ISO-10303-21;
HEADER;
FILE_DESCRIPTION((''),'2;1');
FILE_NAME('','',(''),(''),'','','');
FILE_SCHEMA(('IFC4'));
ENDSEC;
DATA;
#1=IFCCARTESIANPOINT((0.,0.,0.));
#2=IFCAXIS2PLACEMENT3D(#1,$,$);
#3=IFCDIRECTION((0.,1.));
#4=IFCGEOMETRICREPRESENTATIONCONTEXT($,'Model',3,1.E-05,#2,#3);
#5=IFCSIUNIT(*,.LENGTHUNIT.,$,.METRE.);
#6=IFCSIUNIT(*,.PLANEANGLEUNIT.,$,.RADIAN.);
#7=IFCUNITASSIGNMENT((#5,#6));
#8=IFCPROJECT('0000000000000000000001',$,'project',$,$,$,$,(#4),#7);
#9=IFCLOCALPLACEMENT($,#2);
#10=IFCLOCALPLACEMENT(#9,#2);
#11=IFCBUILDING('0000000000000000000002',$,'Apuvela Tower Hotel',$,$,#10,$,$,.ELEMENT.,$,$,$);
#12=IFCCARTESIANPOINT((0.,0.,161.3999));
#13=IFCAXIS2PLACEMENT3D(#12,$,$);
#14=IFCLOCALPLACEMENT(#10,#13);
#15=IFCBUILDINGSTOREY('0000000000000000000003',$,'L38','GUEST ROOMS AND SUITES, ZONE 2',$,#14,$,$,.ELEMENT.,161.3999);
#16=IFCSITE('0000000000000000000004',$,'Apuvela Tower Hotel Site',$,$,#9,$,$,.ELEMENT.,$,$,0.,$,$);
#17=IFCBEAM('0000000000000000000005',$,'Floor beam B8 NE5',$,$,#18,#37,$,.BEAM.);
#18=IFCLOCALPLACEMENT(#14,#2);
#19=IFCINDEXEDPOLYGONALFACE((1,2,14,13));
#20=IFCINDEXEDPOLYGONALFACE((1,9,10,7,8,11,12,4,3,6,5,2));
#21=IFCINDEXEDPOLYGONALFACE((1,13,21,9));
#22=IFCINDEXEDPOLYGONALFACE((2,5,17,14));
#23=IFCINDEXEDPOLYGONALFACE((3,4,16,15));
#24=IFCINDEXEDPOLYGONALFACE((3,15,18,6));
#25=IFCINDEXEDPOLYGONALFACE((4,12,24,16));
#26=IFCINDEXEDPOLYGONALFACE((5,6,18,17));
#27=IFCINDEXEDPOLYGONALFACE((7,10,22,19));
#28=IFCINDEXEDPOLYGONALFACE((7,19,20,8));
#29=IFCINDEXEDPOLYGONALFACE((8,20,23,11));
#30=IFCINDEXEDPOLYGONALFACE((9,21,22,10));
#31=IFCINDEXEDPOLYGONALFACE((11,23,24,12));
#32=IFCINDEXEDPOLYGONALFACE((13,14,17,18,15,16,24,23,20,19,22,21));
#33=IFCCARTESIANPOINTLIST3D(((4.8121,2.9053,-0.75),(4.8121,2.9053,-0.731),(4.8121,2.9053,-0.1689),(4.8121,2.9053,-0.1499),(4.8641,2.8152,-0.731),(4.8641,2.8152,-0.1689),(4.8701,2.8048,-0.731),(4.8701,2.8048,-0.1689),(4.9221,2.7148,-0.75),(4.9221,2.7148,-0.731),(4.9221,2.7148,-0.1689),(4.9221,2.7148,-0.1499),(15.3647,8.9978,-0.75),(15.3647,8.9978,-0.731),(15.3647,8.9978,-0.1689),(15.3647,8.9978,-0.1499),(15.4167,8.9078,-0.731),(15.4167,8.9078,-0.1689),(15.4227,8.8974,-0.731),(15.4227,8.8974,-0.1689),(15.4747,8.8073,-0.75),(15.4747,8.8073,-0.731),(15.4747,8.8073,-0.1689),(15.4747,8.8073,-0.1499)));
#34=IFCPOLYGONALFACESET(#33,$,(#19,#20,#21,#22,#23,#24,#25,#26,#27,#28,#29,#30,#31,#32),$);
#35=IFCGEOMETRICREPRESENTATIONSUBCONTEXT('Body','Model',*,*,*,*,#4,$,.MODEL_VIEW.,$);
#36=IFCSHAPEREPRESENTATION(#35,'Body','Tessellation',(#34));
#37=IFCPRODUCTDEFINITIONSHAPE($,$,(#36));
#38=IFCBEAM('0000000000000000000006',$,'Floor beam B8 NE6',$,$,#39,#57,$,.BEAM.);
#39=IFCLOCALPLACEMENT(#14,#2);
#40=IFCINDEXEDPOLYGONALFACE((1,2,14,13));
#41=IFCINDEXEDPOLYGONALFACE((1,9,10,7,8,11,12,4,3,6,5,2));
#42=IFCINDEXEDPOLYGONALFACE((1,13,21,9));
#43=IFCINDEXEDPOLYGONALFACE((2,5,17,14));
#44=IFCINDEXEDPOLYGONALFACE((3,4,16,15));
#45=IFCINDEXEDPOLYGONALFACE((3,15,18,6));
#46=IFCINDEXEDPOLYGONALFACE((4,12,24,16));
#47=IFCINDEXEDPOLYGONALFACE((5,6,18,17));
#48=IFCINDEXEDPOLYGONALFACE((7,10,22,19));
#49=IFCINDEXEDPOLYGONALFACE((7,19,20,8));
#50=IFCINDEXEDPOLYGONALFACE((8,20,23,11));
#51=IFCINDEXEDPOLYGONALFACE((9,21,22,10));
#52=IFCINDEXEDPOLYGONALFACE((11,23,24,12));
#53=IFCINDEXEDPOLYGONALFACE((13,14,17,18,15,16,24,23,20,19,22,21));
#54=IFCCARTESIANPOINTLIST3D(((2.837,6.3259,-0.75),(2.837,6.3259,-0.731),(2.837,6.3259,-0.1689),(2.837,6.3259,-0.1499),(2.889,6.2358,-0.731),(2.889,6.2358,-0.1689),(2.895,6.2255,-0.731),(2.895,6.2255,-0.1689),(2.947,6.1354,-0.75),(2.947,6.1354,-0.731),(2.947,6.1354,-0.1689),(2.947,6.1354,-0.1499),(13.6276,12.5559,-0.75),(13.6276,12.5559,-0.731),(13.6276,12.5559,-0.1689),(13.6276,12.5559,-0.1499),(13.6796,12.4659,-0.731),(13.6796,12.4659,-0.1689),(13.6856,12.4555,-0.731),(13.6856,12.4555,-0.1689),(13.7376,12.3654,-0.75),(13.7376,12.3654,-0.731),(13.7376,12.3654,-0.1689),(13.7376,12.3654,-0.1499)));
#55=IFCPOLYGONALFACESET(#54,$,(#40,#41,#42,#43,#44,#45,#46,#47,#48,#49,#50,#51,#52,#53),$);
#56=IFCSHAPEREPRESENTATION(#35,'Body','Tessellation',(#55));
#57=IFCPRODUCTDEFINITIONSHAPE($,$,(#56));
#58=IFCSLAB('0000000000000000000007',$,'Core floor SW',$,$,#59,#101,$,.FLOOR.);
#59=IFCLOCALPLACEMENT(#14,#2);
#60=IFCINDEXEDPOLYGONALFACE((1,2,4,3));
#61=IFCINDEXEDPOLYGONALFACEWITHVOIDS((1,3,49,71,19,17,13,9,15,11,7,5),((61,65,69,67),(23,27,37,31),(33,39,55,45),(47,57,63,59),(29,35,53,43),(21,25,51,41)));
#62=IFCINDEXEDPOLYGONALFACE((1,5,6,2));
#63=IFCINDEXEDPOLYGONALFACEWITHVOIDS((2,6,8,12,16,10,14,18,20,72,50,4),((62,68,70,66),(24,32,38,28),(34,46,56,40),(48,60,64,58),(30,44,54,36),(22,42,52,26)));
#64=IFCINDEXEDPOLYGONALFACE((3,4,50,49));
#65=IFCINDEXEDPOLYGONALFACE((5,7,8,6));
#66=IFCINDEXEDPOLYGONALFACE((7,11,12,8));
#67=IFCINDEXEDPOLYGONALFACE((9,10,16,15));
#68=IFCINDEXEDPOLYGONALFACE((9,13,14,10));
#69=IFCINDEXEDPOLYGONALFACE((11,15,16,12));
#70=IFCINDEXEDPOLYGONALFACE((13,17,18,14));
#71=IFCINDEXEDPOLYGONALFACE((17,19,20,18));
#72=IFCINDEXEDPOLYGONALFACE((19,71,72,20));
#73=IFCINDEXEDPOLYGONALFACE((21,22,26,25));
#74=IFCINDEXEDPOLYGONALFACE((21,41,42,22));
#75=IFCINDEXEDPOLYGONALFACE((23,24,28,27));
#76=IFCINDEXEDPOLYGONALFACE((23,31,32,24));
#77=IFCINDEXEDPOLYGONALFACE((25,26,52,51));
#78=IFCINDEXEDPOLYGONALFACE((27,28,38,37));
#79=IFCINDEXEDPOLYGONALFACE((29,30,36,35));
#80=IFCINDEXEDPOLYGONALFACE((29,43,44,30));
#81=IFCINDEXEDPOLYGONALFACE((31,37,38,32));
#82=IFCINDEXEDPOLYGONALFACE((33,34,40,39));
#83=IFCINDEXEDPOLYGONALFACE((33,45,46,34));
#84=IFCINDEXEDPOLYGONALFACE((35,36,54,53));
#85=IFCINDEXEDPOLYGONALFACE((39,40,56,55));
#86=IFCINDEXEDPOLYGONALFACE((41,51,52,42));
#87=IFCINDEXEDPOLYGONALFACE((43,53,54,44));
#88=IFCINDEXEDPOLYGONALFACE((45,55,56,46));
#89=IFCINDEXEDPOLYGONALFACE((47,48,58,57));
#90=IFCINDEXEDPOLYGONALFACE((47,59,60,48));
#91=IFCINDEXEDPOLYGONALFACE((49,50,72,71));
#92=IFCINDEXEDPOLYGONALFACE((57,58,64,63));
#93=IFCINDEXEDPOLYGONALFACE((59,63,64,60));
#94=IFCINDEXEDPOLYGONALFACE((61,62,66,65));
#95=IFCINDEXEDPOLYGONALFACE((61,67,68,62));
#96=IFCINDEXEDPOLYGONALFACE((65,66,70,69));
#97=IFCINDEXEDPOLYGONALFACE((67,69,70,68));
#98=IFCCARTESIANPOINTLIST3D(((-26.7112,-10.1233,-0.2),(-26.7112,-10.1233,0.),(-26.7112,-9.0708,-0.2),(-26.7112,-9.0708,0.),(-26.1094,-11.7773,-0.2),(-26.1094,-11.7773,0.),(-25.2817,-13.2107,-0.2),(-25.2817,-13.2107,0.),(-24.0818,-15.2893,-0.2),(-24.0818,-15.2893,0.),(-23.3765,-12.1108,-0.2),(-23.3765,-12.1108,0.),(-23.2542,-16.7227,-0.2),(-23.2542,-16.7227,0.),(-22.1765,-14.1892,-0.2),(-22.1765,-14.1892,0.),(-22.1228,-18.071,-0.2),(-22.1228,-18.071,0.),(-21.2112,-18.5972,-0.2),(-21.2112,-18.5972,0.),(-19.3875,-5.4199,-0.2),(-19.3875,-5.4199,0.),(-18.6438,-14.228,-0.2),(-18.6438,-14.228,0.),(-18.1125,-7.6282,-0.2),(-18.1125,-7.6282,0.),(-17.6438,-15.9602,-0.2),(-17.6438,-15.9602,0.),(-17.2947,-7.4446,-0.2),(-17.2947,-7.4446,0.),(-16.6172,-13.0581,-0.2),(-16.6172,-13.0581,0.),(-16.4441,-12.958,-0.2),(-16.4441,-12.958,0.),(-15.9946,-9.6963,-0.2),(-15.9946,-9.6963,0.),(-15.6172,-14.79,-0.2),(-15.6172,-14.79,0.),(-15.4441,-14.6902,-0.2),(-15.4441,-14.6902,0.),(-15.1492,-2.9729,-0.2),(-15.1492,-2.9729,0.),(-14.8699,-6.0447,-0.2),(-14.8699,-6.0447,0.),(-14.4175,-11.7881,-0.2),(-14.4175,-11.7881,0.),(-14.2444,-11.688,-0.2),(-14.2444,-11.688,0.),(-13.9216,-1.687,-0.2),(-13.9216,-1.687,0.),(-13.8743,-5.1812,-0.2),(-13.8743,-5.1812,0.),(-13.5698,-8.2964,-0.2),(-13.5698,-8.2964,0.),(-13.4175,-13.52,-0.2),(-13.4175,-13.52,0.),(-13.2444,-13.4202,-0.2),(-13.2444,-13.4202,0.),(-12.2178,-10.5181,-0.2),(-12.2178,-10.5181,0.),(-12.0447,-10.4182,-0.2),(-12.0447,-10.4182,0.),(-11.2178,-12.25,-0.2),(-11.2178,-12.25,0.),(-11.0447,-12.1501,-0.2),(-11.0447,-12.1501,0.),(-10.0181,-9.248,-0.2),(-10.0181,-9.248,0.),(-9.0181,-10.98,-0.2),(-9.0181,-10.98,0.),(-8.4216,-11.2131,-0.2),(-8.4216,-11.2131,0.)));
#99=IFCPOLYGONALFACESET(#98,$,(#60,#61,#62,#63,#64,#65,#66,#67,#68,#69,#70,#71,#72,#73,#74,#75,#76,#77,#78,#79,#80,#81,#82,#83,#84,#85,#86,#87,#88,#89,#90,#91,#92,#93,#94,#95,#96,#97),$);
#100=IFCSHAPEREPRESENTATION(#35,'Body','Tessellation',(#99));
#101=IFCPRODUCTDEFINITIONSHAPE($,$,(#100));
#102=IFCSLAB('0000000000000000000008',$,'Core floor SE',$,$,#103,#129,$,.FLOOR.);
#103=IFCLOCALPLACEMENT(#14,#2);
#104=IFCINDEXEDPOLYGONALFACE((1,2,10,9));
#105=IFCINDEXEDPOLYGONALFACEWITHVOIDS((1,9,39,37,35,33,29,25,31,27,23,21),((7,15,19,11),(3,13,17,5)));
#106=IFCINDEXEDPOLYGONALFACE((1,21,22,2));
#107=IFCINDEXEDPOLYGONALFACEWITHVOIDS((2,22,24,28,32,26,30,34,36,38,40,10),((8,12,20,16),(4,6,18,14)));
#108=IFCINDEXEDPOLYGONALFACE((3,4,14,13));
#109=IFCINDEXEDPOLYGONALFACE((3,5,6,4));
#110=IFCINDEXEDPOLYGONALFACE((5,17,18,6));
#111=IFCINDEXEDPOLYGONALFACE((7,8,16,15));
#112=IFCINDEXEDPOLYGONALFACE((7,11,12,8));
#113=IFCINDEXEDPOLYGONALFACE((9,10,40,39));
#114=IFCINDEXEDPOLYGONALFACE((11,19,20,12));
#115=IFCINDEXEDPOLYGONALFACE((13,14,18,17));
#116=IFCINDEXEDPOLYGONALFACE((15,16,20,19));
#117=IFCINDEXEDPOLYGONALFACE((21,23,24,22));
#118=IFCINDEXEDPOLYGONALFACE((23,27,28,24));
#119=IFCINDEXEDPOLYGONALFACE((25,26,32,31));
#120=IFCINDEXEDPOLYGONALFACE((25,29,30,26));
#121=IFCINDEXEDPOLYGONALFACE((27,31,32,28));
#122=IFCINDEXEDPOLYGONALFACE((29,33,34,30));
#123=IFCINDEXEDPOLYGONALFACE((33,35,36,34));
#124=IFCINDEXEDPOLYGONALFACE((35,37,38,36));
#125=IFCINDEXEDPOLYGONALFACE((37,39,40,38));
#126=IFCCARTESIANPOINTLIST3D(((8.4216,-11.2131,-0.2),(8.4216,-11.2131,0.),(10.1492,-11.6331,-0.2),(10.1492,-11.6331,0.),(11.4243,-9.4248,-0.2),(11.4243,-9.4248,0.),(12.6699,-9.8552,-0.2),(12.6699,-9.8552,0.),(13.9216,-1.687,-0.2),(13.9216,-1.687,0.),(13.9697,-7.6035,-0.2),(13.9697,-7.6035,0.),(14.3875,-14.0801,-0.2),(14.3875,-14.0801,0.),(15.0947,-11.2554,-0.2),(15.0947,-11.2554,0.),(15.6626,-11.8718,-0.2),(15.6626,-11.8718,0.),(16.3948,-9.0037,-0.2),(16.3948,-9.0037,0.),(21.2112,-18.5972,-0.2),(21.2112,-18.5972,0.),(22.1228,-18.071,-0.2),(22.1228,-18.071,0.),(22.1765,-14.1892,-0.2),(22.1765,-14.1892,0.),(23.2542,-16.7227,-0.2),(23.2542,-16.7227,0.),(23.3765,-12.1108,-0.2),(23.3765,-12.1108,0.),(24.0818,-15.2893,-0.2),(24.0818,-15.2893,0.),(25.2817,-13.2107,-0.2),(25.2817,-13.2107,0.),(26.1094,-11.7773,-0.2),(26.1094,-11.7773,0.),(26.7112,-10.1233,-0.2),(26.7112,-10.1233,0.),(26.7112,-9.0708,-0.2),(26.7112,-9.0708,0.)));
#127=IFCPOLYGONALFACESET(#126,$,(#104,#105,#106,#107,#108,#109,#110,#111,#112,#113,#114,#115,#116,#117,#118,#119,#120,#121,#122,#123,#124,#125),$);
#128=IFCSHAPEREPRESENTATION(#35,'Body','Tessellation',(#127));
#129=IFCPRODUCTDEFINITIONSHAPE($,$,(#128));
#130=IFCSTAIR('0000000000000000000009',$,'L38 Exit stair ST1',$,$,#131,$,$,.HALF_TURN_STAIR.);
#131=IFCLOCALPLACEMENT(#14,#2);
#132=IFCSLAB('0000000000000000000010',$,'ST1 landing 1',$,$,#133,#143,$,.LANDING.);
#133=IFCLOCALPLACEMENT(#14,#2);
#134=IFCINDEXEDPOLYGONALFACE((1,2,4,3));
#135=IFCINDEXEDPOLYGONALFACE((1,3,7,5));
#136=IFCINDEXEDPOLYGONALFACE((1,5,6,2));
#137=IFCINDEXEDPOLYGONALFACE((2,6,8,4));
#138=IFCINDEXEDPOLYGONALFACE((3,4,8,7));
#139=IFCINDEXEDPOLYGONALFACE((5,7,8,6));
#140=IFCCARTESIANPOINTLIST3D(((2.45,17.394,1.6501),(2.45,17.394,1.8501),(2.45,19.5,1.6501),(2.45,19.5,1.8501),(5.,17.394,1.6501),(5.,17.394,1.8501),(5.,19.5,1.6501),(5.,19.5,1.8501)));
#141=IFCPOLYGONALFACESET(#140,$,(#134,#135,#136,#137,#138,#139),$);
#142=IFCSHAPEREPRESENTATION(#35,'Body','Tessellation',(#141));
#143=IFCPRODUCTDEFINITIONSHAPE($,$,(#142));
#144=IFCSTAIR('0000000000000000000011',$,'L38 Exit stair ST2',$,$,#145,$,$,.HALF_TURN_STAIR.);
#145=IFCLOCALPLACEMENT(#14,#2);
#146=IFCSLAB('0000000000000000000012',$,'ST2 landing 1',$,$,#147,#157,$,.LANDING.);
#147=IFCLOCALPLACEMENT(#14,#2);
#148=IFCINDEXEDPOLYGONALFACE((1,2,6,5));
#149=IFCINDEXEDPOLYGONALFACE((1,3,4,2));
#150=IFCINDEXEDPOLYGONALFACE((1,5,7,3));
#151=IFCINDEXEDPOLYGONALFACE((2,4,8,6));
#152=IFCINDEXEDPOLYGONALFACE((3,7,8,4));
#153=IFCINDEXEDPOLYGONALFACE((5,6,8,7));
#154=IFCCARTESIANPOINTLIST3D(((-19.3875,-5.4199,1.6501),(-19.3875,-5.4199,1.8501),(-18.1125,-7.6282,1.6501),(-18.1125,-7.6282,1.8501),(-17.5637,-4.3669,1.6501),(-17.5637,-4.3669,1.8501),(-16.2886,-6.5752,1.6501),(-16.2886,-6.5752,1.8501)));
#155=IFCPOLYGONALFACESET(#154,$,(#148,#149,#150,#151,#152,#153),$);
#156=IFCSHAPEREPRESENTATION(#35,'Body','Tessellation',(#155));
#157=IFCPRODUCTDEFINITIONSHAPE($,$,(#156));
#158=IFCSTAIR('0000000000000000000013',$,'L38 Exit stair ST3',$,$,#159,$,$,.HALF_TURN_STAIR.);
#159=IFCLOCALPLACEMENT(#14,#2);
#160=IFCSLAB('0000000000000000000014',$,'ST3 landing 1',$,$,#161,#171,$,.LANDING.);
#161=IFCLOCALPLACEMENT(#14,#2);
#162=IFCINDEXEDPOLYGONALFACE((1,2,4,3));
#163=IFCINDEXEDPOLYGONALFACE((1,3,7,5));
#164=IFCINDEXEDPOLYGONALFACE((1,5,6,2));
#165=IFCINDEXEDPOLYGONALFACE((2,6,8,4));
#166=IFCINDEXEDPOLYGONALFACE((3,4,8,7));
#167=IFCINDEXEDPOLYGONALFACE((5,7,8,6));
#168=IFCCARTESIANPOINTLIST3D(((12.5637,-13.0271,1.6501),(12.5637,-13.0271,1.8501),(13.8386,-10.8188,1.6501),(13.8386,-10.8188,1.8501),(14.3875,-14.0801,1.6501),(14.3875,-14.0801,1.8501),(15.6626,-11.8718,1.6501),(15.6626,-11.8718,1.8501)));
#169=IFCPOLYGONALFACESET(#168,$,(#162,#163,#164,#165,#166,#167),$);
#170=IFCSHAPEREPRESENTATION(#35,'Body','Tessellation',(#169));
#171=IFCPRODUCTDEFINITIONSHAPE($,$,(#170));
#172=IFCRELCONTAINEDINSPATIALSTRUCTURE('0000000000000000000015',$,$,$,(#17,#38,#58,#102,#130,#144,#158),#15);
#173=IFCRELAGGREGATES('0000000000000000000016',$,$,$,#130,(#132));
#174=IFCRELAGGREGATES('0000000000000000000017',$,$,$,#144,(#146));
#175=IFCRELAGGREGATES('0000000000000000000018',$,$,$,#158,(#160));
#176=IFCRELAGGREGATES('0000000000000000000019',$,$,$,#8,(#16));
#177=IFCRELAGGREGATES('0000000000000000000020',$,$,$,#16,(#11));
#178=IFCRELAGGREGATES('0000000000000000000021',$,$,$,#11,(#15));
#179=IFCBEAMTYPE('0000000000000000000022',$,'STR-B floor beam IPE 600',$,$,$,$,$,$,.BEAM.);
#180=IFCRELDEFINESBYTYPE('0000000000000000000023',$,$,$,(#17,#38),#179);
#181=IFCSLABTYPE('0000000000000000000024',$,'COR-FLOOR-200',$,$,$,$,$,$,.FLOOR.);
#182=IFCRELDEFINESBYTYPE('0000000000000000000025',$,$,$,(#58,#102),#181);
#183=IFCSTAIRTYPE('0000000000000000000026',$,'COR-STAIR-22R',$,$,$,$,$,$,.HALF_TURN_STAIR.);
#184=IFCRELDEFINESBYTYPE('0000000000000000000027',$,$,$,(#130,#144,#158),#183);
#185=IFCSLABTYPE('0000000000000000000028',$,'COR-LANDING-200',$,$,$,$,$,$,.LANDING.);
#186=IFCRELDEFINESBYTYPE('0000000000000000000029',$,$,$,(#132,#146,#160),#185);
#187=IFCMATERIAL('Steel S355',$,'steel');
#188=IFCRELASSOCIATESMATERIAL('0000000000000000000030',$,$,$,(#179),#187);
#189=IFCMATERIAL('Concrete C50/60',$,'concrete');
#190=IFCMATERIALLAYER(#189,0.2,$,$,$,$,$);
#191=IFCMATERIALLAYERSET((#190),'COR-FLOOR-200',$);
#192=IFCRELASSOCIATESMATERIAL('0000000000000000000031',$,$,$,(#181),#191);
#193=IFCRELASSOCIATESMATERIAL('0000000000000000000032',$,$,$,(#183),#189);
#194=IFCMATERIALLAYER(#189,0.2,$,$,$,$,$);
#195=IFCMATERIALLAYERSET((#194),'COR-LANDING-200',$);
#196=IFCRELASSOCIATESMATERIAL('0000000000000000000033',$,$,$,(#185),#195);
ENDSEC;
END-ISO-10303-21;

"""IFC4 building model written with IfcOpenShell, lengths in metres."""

from ifc_helpers import new_model, si_unit, direction, frame, origin, origin_2d, place, context, subcontext, project, spatial, polyline, i_section, outline, extrude, material, layer, layer_set, material_profile, profile_set, type_object, element, aggregate, save


model = new_model("IFC4")

# Units and contexts
model_context = context("Model", 3, precision=1e-05, world=origin(), true_north=direction((0.0, 1.0)))
body_context = subcontext(model_context, "Body", "Model", "MODEL_VIEW")
ifc_project = project(units=[si_unit("LENGTHUNIT", "METRE"), si_unit("PLANEANGLEUNIT", "RADIAN")], contexts=[model_context])

# Site, building, storey
site_placement = place(None, origin())
site = spatial("IfcSite", under=ifc_project, at=site_placement, Name="Apuvela Tower Hotel Site", CompositionType="ELEMENT", RefElevation=0.0)
building_placement = place(site_placement, origin())
building = spatial("IfcBuilding", under=site, at=building_placement, Name="Apuvela Tower Hotel", CompositionType="ELEMENT")
storey_placement = place(building_placement, frame((0.0, 0.0, 161.3999)))
storey = spatial("IfcBuildingStorey", under=building, at=storey_placement, Name="L38", Description="GUEST ROOMS AND SUITES, ZONE 2", CompositionType="ELEMENT", Elevation=161.3999)

# Beams
ifc_material_1 = material(Name="Steel S355", Category="steel")
ifc_material_profile = material_profile(ifc_material_1, i_section(OverallWidth=0.22, OverallDepth=0.6001, WebThickness=0.012, FlangeThickness=0.019, at=origin_2d()), Name="IPE 600")
ifc_profile_set = profile_set([ifc_material_profile], Name="Steel S355")
beam_type = type_object("IfcBeamType", Name="STR-B floor beam IPE 600", PredefinedType="BEAM", material=ifc_profile_set)
beam_1_placement = place(storey_placement, frame((15.4197, 8.9026, -0.45), z_axis=(-0.866024, -0.500003, 0.0), x_axis=(0.500003, -0.866024, 0.0)))
element("IfcBeam", 1, at=beam_1_placement, inside=storey, type_object=beam_type, Name="Floor beam B8 NE5", PredefinedType="BEAM", context=body_context, shape_type="SweptSolid", body=[
    extrude(i_section(OverallWidth=0.22, OverallDepth=0.6001, WebThickness=0.012, FlangeThickness=0.019, at=origin_2d()), origin(), (0.0, 0.0, 1.0), 12.1851),
])
beam_2_placement = place(storey_placement, frame((13.6826, 12.4607, -0.45), z_axis=(-0.866023, -0.500004, 0.0), x_axis=(0.500004, -0.866023, 0.0)))
element("IfcBeam", 2, at=beam_2_placement, inside=storey, type_object=beam_type, Name="Floor beam B8 NE6", PredefinedType="BEAM", context=body_context, shape_type="SweptSolid", body=[
    extrude(i_section(OverallWidth=0.22, OverallDepth=0.6001, WebThickness=0.012, FlangeThickness=0.019, at=origin_2d()), origin(), (0.0, 0.0, 1.0), 12.46),
])

# Slabs
ifc_material_2 = material(Name="Concrete C50/60", Category="concrete")
ifc_layer_1 = layer(ifc_material_2, 0.2)
ifc_layer_set_1 = layer_set([ifc_layer_1], Name="COR-FLOOR-200")
slab_type_1 = type_object("IfcSlabType", Name="COR-FLOOR-200", PredefinedType="FLOOR", material=ifc_layer_set_1)
slab_1_placement = place(storey_placement, frame((0.0, 0.0, -0.2)))
element("IfcSlab", 3, at=slab_1_placement, inside=storey, type_object=slab_type_1, Name="Core floor SW", PredefinedType="FLOOR", context=body_context, shape_type="SweptSolid", body=[
    extrude(outline(polyline([(-26.7112, -9.0708), (-26.7112, -10.1233), (-26.1094, -11.7773), (-25.2817, -13.2107), (-23.3765, -12.1108), (-22.1765, -14.1892), (-24.0818, -15.2893), (-23.2542, -16.7227), (-22.1228, -18.071), (-21.2112, -18.5972), (-8.4216, -11.2131), (-13.9216, -1.687), (-26.7112, -9.0708)]), holes=[polyline([(-10.0181, -9.248), (-9.0181, -10.98), (-11.0447, -12.1501), (-12.0447, -10.4182), (-10.0181, -9.248)]), polyline([(-14.2444, -11.688), (-12.2178, -10.5181), (-11.2178, -12.25), (-13.2444, -13.4202), (-14.2444, -11.688)]), polyline([(-19.3875, -5.4199), (-15.1492, -2.9729), (-13.8743, -5.1812), (-18.1125, -7.6282), (-19.3875, -5.4199)]), polyline([(-14.8699, -6.0447), (-13.5698, -8.2964), (-15.9946, -9.6963), (-17.2947, -7.4446), (-14.8699, -6.0447)]), polyline([(-16.4441, -12.958), (-14.4175, -11.7881), (-13.4175, -13.52), (-15.4441, -14.6902), (-16.4441, -12.958)]), polyline([(-18.6438, -14.228), (-16.6172, -13.0581), (-15.6172, -14.79), (-17.6438, -15.9602), (-18.6438, -14.228)])]), origin(), (0.0, 0.0, 1.0), 0.2),
])
slab_2_placement = place(storey_placement, frame((0.0, 0.0, -0.2)))
element("IfcSlab", 4, at=slab_2_placement, inside=storey, type_object=slab_type_1, Name="Core floor SE", PredefinedType="FLOOR", context=body_context, shape_type="SweptSolid", body=[
    extrude(outline(polyline([(21.2112, -18.5972), (22.1228, -18.071), (23.2542, -16.7227), (24.0818, -15.2893), (22.1765, -14.1892), (23.3765, -12.1108), (25.2817, -13.2107), (26.1094, -11.7773), (26.7112, -10.1233), (26.7112, -9.0708), (13.9216, -1.687), (8.4216, -11.2131), (21.2112, -18.5972)]), holes=[polyline([(11.4243, -9.4248), (15.6626, -11.8718), (14.3875, -14.0801), (10.1492, -11.6331), (11.4243, -9.4248)]), polyline([(13.9697, -7.6035), (16.3948, -9.0037), (15.0947, -11.2554), (12.6699, -9.8552), (13.9697, -7.6035)])]), origin(), (0.0, 0.0, 1.0), 0.2),
])

# Stairs, slabs
stair_type = type_object("IfcStairType", Name="COR-STAIR-22R", PredefinedType="HALF_TURN_STAIR", material=ifc_material_2)
stair_1_placement = place(storey_placement, origin())
stair_1 = element("IfcStair", 5, at=stair_1_placement, inside=storey, type_object=stair_type, Name="L38 Exit stair ST1", PredefinedType="HALF_TURN_STAIR")
ifc_layer_2 = layer(ifc_material_2, 0.2)
ifc_layer_set_2 = layer_set([ifc_layer_2], Name="COR-LANDING-200")
slab_type_2 = type_object("IfcSlabType", Name="COR-LANDING-200", PredefinedType="LANDING", material=ifc_layer_set_2)
slab_3_placement = place(storey_placement, frame((0.0, 0.0, 1.6501)))
slab_3 = element("IfcSlab", 6, at=slab_3_placement, type_object=slab_type_2, Name="ST1 landing 1", PredefinedType="LANDING", context=body_context, shape_type="SweptSolid", body=[
    extrude(outline(polyline([(5.0, 17.394), (5.0, 19.5), (2.45, 19.5), (2.45, 17.394), (5.0, 17.394)])), origin(), (0.0, 0.0, 1.0), 0.2),
])
aggregate(stair_1, [slab_3])
stair_2_placement = place(storey_placement, origin())
stair_2 = element("IfcStair", 7, at=stair_2_placement, inside=storey, type_object=stair_type, Name="L38 Exit stair ST2", PredefinedType="HALF_TURN_STAIR")
slab_4_placement = place(storey_placement, frame((0.0, 0.0, 1.6501)))
slab_4 = element("IfcSlab", 8, at=slab_4_placement, type_object=slab_type_2, Name="ST2 landing 1", PredefinedType="LANDING", context=body_context, shape_type="SweptSolid", body=[
    extrude(outline(polyline([(-17.5637, -4.3669), (-19.3875, -5.4199), (-18.1125, -7.6282), (-16.2886, -6.5752), (-17.5637, -4.3669)])), origin(), (0.0, 0.0, 1.0), 0.2),
])
aggregate(stair_2, [slab_4])
stair_3_placement = place(storey_placement, origin())
stair_3 = element("IfcStair", 9, at=stair_3_placement, inside=storey, type_object=stair_type, Name="L38 Exit stair ST3", PredefinedType="HALF_TURN_STAIR")
slab_5_placement = place(storey_placement, frame((0.0, 0.0, 1.6501)))
slab_5 = element("IfcSlab", 10, at=slab_5_placement, type_object=slab_type_2, Name="ST3 landing 1", PredefinedType="LANDING", context=body_context, shape_type="SweptSolid", body=[
    extrude(outline(polyline([(12.5637, -13.0271), (14.3875, -14.0801), (15.6626, -11.8718), (13.8386, -10.8188), (12.5637, -13.0271)])), origin(), (0.0, 0.0, 1.0), 0.2),
])
aggregate(stair_3, [slab_5])

save(model, "model.ifc")
